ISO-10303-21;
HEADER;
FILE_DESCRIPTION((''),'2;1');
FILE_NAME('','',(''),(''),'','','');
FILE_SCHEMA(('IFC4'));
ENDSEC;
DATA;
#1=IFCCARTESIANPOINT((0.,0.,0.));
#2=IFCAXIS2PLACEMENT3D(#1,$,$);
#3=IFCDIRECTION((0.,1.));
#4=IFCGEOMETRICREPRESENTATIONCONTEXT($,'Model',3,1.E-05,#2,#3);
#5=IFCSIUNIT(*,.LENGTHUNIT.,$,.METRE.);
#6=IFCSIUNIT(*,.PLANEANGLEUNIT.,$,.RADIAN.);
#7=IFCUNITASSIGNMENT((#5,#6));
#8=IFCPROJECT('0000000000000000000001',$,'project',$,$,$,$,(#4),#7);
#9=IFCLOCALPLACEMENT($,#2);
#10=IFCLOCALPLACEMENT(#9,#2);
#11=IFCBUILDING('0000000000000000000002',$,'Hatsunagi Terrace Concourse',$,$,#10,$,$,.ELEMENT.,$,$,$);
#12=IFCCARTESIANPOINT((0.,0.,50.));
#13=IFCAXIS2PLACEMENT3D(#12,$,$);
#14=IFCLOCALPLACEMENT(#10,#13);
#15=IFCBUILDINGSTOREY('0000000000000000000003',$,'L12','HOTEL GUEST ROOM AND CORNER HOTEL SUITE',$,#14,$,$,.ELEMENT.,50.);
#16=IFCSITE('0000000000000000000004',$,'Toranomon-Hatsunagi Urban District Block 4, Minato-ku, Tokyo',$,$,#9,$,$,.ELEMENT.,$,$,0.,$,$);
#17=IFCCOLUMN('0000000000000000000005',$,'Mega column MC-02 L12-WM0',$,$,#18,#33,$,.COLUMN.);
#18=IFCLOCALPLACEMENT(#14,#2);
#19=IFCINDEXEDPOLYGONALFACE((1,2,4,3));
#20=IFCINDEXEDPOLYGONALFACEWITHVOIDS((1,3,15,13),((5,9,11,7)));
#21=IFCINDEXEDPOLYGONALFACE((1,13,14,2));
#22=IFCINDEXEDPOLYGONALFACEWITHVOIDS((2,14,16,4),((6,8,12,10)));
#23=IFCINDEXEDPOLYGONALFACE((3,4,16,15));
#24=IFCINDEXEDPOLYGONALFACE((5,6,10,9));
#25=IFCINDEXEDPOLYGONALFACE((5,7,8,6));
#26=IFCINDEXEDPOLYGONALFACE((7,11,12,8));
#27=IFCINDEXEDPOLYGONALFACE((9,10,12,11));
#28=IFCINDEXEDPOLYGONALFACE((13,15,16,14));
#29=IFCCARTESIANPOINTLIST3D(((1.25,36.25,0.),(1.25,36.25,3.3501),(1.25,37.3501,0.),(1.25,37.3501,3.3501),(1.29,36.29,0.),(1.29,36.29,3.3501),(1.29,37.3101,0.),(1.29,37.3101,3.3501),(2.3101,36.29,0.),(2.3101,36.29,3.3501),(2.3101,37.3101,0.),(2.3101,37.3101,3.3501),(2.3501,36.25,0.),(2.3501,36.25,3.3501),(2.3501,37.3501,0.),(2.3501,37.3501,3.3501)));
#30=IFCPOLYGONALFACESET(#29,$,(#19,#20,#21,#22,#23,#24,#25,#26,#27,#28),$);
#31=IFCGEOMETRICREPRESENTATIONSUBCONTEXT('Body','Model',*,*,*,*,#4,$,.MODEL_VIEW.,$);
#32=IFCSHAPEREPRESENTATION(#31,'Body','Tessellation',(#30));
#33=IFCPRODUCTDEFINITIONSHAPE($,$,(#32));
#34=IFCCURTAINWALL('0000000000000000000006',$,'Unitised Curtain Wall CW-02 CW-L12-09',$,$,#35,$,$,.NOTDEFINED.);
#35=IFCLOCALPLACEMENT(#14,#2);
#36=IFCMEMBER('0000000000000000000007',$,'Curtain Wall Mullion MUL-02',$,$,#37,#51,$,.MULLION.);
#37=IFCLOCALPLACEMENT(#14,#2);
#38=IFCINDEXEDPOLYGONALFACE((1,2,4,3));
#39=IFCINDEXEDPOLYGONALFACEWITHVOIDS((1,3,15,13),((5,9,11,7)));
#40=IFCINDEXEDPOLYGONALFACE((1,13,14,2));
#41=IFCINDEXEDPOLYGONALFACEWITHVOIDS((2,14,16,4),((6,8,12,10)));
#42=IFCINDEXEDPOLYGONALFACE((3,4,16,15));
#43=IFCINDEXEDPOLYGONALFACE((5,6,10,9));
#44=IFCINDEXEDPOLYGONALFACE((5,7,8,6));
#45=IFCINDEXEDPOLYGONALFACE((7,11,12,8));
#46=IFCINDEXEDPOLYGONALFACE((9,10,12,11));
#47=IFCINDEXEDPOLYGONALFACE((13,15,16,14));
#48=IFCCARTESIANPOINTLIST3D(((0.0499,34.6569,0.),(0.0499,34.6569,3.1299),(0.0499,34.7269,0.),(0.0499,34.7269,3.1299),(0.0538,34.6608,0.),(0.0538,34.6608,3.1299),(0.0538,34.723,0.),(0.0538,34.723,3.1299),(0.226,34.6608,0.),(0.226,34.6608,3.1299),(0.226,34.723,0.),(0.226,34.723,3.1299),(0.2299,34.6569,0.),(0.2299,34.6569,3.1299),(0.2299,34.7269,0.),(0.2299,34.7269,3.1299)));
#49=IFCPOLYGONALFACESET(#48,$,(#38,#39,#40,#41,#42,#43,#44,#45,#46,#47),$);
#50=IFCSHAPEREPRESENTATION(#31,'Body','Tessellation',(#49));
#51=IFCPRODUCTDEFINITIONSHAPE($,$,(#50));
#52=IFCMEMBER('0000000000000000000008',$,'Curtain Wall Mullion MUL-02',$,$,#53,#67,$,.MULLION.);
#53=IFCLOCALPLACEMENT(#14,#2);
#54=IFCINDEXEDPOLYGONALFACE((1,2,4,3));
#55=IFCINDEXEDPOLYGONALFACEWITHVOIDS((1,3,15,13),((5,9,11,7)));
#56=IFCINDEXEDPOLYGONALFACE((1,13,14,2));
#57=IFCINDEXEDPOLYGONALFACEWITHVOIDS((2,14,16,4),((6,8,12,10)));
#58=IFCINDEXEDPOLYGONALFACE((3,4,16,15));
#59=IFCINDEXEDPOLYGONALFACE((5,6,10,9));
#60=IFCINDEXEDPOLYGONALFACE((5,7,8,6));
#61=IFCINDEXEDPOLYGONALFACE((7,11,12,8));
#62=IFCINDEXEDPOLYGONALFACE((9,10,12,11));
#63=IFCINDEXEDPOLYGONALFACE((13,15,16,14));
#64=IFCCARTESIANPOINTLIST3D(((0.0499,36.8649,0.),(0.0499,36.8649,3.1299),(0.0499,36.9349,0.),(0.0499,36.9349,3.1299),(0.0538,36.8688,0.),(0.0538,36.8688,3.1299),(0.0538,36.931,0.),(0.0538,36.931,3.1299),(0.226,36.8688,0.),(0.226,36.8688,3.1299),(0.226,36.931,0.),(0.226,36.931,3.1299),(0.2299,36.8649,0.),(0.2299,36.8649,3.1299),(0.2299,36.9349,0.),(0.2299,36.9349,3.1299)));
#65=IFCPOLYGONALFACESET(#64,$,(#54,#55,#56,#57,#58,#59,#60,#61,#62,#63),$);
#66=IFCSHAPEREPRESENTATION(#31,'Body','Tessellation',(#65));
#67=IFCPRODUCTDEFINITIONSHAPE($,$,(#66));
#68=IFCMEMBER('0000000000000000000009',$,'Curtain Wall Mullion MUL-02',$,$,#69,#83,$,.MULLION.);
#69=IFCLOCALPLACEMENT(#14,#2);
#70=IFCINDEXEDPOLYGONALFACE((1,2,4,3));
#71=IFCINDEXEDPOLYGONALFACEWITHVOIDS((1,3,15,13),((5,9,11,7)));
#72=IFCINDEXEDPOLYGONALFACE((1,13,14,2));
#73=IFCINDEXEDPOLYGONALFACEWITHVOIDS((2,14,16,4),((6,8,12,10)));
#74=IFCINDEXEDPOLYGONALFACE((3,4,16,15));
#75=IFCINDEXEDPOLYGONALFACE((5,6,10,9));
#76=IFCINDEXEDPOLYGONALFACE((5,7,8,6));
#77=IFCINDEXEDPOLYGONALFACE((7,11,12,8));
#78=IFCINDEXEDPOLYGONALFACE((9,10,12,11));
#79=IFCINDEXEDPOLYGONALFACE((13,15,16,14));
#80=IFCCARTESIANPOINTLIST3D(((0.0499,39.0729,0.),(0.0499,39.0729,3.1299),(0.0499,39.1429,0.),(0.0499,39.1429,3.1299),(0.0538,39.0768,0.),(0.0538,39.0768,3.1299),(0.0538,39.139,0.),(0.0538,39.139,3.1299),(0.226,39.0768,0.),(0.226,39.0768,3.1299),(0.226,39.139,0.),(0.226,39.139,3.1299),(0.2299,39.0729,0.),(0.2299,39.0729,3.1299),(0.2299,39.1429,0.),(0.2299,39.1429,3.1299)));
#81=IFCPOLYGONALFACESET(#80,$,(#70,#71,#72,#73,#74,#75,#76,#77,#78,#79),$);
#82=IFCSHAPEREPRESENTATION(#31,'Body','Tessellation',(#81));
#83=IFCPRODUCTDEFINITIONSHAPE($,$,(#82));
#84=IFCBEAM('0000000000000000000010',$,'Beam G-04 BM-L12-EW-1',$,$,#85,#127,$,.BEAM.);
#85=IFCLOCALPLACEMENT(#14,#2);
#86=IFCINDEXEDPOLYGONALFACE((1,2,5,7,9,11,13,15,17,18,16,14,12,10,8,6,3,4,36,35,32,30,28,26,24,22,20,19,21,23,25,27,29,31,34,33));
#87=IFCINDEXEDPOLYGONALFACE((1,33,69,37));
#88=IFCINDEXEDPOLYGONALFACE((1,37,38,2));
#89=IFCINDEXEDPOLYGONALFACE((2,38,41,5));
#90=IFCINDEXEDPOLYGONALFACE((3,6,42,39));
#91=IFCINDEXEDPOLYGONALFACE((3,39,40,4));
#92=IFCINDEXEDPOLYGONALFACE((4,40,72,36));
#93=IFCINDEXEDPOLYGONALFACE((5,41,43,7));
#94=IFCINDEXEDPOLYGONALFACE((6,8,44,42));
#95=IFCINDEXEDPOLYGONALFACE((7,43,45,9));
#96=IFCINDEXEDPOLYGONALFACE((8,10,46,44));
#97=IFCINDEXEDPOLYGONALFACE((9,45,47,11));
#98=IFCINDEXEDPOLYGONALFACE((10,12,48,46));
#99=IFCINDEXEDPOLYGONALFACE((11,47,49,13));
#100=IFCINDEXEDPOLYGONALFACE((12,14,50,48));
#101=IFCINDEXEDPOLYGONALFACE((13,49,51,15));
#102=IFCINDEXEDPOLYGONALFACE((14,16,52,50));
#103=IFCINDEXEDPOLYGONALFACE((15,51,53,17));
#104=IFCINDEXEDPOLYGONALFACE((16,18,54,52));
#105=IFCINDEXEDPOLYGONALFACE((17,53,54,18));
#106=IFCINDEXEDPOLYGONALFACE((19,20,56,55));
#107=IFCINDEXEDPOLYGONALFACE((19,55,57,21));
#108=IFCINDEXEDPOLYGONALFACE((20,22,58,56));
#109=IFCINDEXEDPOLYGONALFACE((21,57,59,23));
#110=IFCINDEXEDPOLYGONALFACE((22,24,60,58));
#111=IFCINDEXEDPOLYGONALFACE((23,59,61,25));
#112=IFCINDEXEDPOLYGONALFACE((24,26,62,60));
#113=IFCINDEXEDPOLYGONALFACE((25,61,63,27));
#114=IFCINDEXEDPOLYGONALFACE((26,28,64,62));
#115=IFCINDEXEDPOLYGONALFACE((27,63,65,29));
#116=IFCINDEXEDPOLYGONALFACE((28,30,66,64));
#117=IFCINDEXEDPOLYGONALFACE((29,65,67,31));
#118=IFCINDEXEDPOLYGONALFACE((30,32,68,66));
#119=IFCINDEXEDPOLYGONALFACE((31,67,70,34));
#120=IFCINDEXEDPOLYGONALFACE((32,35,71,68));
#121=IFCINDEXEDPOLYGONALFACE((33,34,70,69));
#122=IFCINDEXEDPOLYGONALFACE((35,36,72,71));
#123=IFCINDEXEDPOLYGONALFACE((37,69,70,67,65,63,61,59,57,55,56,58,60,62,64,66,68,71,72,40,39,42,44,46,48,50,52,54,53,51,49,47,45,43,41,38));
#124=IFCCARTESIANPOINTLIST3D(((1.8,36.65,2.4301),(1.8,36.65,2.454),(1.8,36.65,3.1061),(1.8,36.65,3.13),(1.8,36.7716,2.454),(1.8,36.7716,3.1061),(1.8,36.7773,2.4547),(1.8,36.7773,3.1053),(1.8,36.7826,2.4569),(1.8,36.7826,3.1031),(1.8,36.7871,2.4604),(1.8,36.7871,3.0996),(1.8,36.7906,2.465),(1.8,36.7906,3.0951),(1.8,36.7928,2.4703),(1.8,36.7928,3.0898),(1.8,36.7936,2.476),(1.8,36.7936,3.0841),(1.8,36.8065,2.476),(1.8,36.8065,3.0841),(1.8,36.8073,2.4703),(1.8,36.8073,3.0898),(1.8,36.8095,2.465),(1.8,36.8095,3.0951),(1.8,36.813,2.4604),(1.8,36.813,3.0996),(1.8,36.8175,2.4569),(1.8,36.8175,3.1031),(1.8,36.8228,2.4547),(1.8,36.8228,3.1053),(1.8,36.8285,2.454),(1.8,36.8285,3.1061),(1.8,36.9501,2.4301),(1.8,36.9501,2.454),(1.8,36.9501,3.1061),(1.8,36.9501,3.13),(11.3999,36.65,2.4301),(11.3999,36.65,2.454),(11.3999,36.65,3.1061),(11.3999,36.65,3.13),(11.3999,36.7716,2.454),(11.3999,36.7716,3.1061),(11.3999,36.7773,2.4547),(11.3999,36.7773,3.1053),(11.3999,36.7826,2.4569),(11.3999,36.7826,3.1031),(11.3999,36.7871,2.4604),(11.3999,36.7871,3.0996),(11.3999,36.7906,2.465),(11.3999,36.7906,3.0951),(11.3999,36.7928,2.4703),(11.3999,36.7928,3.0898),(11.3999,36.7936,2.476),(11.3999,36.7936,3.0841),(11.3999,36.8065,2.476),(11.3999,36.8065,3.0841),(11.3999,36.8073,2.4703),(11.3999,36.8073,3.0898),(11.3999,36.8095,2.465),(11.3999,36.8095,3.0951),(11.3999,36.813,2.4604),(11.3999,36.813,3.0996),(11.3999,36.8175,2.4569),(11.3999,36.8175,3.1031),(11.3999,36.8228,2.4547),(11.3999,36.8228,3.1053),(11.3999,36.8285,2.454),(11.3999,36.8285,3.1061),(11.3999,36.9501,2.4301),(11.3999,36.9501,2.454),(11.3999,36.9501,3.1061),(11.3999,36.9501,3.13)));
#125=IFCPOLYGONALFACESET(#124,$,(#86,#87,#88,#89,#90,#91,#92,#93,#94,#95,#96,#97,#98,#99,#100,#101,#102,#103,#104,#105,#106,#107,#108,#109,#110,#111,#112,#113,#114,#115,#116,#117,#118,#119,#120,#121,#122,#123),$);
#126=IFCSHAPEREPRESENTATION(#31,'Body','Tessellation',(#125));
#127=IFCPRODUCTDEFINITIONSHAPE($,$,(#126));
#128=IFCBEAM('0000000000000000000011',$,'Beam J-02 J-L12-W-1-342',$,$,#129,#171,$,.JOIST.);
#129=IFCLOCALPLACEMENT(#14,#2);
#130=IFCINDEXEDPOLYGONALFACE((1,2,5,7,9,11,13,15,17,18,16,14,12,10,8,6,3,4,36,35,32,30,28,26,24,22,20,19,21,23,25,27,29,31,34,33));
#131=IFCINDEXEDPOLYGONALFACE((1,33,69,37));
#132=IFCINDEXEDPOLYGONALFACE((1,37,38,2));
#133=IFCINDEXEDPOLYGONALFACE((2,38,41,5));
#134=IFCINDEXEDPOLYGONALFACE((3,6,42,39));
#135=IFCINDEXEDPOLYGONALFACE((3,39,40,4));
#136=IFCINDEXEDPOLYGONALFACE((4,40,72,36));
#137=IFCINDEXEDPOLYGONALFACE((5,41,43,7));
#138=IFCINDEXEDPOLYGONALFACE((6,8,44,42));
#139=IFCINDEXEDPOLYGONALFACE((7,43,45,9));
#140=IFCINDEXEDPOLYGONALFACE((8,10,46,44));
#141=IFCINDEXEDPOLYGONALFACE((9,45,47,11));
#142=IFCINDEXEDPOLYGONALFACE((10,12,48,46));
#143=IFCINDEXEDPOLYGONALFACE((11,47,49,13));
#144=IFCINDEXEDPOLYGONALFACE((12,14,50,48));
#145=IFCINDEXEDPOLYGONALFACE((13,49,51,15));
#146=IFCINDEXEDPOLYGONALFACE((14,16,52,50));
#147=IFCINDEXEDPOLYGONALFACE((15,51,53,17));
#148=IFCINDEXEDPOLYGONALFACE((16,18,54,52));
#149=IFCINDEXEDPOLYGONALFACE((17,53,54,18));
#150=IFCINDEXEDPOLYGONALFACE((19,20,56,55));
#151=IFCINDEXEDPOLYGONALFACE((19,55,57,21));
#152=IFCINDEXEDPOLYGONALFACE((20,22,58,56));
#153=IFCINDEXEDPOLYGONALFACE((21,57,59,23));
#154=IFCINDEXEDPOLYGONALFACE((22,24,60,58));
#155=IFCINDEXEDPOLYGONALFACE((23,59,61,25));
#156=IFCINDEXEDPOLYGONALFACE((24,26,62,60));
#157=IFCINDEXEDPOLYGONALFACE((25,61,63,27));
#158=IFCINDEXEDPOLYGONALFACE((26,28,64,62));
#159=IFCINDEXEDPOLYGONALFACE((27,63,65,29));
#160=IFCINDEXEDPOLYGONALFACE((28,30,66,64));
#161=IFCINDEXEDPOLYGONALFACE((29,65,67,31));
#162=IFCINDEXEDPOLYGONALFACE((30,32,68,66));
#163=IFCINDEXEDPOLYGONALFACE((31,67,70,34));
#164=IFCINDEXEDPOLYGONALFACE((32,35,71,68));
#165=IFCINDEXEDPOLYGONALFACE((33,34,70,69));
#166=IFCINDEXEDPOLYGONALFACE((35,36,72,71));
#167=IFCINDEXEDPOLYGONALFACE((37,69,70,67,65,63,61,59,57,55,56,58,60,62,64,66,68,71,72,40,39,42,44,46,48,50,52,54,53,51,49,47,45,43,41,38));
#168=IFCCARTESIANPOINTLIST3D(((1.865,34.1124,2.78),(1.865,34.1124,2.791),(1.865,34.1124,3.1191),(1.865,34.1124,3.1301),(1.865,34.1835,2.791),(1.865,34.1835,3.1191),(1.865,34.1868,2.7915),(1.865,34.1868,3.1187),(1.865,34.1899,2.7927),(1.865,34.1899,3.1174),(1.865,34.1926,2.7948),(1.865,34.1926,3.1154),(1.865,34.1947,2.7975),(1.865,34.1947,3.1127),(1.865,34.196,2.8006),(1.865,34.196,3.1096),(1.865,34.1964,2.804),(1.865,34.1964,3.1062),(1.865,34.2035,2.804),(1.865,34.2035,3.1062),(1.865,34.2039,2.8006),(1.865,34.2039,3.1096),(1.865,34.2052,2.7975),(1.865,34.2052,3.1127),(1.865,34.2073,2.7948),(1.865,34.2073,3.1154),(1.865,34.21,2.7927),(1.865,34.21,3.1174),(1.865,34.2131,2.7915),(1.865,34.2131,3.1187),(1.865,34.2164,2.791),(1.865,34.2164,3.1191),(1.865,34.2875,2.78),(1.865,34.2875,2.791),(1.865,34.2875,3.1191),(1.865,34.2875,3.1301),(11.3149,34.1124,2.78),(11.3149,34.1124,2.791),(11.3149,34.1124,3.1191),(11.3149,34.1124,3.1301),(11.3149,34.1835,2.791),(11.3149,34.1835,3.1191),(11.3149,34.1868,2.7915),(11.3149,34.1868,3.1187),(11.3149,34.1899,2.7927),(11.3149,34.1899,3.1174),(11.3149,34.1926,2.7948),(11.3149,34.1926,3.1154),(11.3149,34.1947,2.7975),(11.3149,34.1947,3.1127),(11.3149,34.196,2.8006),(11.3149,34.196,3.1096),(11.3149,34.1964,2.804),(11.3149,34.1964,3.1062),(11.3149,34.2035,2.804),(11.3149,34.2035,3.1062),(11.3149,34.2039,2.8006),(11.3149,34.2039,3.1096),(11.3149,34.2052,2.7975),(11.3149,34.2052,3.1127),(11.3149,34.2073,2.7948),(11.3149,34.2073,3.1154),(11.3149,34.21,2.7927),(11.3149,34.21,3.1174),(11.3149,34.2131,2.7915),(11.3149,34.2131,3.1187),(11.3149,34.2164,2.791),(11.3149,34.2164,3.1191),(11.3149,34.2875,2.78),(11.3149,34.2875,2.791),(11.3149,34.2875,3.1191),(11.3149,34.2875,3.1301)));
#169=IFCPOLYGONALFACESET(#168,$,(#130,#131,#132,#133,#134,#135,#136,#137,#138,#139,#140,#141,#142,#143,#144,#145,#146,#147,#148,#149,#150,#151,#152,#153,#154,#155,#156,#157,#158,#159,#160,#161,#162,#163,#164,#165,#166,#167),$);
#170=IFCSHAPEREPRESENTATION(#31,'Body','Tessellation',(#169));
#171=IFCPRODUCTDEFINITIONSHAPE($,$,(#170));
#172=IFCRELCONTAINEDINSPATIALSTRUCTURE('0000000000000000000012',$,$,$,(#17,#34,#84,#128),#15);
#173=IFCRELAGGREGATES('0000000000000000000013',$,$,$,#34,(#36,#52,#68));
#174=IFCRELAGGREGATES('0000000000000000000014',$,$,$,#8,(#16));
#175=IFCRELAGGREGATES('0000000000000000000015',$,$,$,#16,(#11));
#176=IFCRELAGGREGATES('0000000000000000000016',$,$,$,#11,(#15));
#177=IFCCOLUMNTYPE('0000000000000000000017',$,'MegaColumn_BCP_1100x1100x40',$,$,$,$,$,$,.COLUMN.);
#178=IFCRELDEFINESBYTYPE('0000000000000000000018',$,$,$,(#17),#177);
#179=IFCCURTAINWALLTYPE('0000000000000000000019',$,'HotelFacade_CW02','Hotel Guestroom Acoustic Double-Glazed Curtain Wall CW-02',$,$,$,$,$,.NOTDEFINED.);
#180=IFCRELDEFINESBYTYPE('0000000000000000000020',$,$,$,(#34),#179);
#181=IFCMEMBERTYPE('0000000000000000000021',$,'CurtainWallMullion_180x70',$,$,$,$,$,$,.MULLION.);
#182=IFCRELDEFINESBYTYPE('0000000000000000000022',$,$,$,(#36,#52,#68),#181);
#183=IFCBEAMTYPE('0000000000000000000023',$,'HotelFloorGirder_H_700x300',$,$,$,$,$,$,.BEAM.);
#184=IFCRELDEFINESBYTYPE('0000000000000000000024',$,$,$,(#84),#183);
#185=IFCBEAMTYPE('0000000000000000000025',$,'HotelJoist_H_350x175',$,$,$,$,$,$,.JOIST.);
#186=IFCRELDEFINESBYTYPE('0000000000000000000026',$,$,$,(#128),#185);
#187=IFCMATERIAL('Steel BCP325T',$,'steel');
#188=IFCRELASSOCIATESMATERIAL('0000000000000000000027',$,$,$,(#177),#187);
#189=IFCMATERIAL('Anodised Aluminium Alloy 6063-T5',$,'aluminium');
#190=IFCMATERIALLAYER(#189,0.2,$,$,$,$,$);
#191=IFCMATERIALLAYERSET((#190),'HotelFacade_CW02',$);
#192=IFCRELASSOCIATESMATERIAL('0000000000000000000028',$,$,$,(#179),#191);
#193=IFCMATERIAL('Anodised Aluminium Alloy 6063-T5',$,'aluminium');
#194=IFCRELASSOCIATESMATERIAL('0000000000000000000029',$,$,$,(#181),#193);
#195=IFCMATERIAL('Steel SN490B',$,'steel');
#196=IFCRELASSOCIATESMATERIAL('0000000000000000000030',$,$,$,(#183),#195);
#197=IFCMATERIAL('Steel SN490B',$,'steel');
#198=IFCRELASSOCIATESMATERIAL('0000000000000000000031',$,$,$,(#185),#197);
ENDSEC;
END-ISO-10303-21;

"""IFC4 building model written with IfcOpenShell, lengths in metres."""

from ifc_helpers import new_model, si_unit, direction, frame, origin, origin_2d, place, context, subcontext, project, spatial, hollow_rectangle, i_section, extrude, material, layer, layer_set, material_profile, profile_set, type_object, element, aggregate, save


model = new_model("IFC4")

# Units and contexts
model_context = context("Model", 3, precision=1e-05, world=origin(), true_north=direction((0.0, 1.0)))
body_context = subcontext(model_context, "Body", "Model", "MODEL_VIEW")
ifc_project = project(units=[si_unit("LENGTHUNIT", "METRE"), si_unit("PLANEANGLEUNIT", "RADIAN")], contexts=[model_context])

# Site, building, storey
site_placement = place(None, origin())
site = spatial("IfcSite", under=ifc_project, at=site_placement, Name="Toranomon-Hatsunagi Urban District Block 4, Minato-ku, Tokyo", CompositionType="ELEMENT", RefElevation=0.0)
building_placement = place(site_placement, origin())
building = spatial("IfcBuilding", under=site, at=building_placement, Name="Hatsunagi Terrace Concourse", CompositionType="ELEMENT")
storey_placement = place(building_placement, frame((0.0, 0.0, 50.0)))
storey = spatial("IfcBuildingStorey", under=building, at=storey_placement, Name="L12", Description="HOTEL GUEST ROOM AND CORNER HOTEL SUITE", CompositionType="ELEMENT", Elevation=50.0)

# Column
ifc_material_1 = material(Name="Steel BCP325T", Category="steel")
ifc_material_profile_1 = material_profile(ifc_material_1, hollow_rectangle(XDim=1.1001, YDim=1.1001, WallThickness=0.04, at=origin_2d()), Name="BCP-1100x1100x40")
ifc_profile_set_1 = profile_set([ifc_material_profile_1], Name="Steel BCP325T")
column_type = type_object("IfcColumnType", Name="MegaColumn_BCP_1100x1100x40", PredefinedType="COLUMN", material=ifc_profile_set_1)
column_placement = place(storey_placement, frame((1.8, 36.8, 0.0), z_axis=(0.0, 0.0, 1.0), x_axis=(1.0, 0.0, 0.0)))
element("IfcColumn", 1, at=column_placement, inside=storey, type_object=column_type, Name="Mega column MC-02 L12-WM0", PredefinedType="COLUMN", context=body_context, shape_type="SweptSolid", body=[
    extrude(hollow_rectangle(XDim=1.1001, YDim=1.1001, WallThickness=0.04, at=origin_2d()), origin(), (0.0, 0.0, 1.0), 3.3501),
])

# Curtain wall, members
ifc_material_2 = material(Name="Anodised Aluminium Alloy 6063-T5", Category="aluminium")
ifc_layer_1 = layer(ifc_material_2, 0.2)
ifc_layer_set_1 = layer_set([ifc_layer_1], Name="HotelFacade_CW02")
curtain_wall_type = type_object("IfcCurtainWallType", Name="HotelFacade_CW02", Description="Hotel Guestroom Acoustic Double-Glazed Curtain Wall CW-02", PredefinedType="NOTDEFINED", material=ifc_layer_set_1)
curtain_wall_placement = place(storey_placement, origin())
curtain_wall = element("IfcCurtainWall", 2, at=curtain_wall_placement, inside=storey, type_object=curtain_wall_type, Name="Unitised Curtain Wall CW-02 CW-L12-09", PredefinedType="NOTDEFINED")
ifc_material_3 = material(Name="Anodised Aluminium Alloy 6063-T5", Category="aluminium")
ifc_material_profile_2 = material_profile(ifc_material_3, hollow_rectangle(XDim=0.0701, YDim=0.1799, WallThickness=0.0039, at=origin_2d()), Name="ALU-MUL-180x70x4")
ifc_profile_set_2 = profile_set([ifc_material_profile_2], Name="Anodised Aluminium Alloy 6063-T5")
member_type = type_object("IfcMemberType", Name="CurtainWallMullion_180x70", PredefinedType="MULLION", material=ifc_profile_set_2)
member_1_placement = place(storey_placement, frame((0.1399, 34.6919, 0.0), z_axis=(0.0, 0.0, 1.0), x_axis=(0.0, 1.0, 0.0)))
member_1 = element("IfcMember", 3, at=member_1_placement, type_object=member_type, Name="Curtain Wall Mullion MUL-02", PredefinedType="MULLION", context=body_context, shape_type="SweptSolid", body=[
    extrude(hollow_rectangle(XDim=0.0701, YDim=0.1799, WallThickness=0.0039, at=origin_2d()), origin(), (0.0, 0.0, 1.0), 3.1299),
])
member_2_placement = place(storey_placement, frame((0.1399, 36.8999, 0.0), z_axis=(0.0, 0.0, 1.0), x_axis=(0.0, 1.0, 0.0)))
member_2 = element("IfcMember", 4, at=member_2_placement, type_object=member_type, Name="Curtain Wall Mullion MUL-02", PredefinedType="MULLION", context=body_context, shape_type="SweptSolid", body=[
    extrude(hollow_rectangle(XDim=0.0701, YDim=0.1799, WallThickness=0.0039, at=origin_2d()), origin(), (0.0, 0.0, 1.0), 3.1299),
])
member_3_placement = place(storey_placement, frame((0.1399, 39.1079, 0.0), z_axis=(0.0, 0.0, 1.0), x_axis=(0.0, 1.0, 0.0)))
member_3 = element("IfcMember", 5, at=member_3_placement, type_object=member_type, Name="Curtain Wall Mullion MUL-02", PredefinedType="MULLION", context=body_context, shape_type="SweptSolid", body=[
    extrude(hollow_rectangle(XDim=0.0701, YDim=0.1799, WallThickness=0.0039, at=origin_2d()), origin(), (0.0, 0.0, 1.0), 3.1299),
])

# Beams
ifc_material_4 = material(Name="Steel SN490B", Category="steel")
ifc_material_profile_3 = material_profile(ifc_material_4, i_section(OverallWidth=0.3, OverallDepth=0.7, WebThickness=0.0129, FlangeThickness=0.0239, FilletRadius=0.022, at=origin_2d()), Name="H-700x300x13x24")
ifc_profile_set_3 = profile_set([ifc_material_profile_3], Name="Steel SN490B")
beam_type_1 = type_object("IfcBeamType", Name="HotelFloorGirder_H_700x300", PredefinedType="BEAM", material=ifc_profile_set_3)
beam_1_placement = place(storey_placement, frame((1.8, 36.8, 2.78), z_axis=(1.0, 0.0, 0.0), x_axis=(0.0, 1.0, 0.0)))
element("IfcBeam", 6, at=beam_1_placement, inside=storey, type_object=beam_type_1, Name="Beam G-04 BM-L12-EW-1", PredefinedType="BEAM", context=body_context, shape_type="SweptSolid", body=[
    extrude(i_section(OverallWidth=0.3, OverallDepth=0.7, WebThickness=0.0129, FlangeThickness=0.0239, FilletRadius=0.022, at=origin_2d()), origin(), (0.0, 0.0, 1.0), 9.5999),
])
ifc_material_5 = material(Name="Steel SN490B", Category="steel")
ifc_material_profile_4 = material_profile(ifc_material_5, i_section(OverallWidth=0.175, OverallDepth=0.3501, WebThickness=0.0071, FlangeThickness=0.011, FilletRadius=0.0129, at=origin_2d()), Name="H-350x175x7x11")
ifc_profile_set_4 = profile_set([ifc_material_profile_4], Name="Steel SN490B")
beam_type_2 = type_object("IfcBeamType", Name="HotelJoist_H_350x175", PredefinedType="JOIST", material=ifc_profile_set_4)
for number, where, z_axis, x_axis, name in (
    (7, (1.865, 34.2, 2.9551), (1.0, 0.0, 0.0), (0.0, 1.0, 0.0), "Beam J-02 J-L12-W-1-342"),
):
    element("IfcBeam", number, at=place(storey_placement, frame(where, z_axis=z_axis, x_axis=x_axis)), inside=storey, type_object=beam_type_2, Name=name, PredefinedType="JOIST", context=body_context, shape_type="SweptSolid", body=[
        extrude(i_section(OverallWidth=0.175, OverallDepth=0.3501, WebThickness=0.0071, FlangeThickness=0.011, FilletRadius=0.0129, at=origin_2d()), origin(), (0.0, 0.0, 1.0), 9.45),
    ])

aggregate(curtain_wall, [member_1, member_2, member_3])

save(model, "model.ifc")
